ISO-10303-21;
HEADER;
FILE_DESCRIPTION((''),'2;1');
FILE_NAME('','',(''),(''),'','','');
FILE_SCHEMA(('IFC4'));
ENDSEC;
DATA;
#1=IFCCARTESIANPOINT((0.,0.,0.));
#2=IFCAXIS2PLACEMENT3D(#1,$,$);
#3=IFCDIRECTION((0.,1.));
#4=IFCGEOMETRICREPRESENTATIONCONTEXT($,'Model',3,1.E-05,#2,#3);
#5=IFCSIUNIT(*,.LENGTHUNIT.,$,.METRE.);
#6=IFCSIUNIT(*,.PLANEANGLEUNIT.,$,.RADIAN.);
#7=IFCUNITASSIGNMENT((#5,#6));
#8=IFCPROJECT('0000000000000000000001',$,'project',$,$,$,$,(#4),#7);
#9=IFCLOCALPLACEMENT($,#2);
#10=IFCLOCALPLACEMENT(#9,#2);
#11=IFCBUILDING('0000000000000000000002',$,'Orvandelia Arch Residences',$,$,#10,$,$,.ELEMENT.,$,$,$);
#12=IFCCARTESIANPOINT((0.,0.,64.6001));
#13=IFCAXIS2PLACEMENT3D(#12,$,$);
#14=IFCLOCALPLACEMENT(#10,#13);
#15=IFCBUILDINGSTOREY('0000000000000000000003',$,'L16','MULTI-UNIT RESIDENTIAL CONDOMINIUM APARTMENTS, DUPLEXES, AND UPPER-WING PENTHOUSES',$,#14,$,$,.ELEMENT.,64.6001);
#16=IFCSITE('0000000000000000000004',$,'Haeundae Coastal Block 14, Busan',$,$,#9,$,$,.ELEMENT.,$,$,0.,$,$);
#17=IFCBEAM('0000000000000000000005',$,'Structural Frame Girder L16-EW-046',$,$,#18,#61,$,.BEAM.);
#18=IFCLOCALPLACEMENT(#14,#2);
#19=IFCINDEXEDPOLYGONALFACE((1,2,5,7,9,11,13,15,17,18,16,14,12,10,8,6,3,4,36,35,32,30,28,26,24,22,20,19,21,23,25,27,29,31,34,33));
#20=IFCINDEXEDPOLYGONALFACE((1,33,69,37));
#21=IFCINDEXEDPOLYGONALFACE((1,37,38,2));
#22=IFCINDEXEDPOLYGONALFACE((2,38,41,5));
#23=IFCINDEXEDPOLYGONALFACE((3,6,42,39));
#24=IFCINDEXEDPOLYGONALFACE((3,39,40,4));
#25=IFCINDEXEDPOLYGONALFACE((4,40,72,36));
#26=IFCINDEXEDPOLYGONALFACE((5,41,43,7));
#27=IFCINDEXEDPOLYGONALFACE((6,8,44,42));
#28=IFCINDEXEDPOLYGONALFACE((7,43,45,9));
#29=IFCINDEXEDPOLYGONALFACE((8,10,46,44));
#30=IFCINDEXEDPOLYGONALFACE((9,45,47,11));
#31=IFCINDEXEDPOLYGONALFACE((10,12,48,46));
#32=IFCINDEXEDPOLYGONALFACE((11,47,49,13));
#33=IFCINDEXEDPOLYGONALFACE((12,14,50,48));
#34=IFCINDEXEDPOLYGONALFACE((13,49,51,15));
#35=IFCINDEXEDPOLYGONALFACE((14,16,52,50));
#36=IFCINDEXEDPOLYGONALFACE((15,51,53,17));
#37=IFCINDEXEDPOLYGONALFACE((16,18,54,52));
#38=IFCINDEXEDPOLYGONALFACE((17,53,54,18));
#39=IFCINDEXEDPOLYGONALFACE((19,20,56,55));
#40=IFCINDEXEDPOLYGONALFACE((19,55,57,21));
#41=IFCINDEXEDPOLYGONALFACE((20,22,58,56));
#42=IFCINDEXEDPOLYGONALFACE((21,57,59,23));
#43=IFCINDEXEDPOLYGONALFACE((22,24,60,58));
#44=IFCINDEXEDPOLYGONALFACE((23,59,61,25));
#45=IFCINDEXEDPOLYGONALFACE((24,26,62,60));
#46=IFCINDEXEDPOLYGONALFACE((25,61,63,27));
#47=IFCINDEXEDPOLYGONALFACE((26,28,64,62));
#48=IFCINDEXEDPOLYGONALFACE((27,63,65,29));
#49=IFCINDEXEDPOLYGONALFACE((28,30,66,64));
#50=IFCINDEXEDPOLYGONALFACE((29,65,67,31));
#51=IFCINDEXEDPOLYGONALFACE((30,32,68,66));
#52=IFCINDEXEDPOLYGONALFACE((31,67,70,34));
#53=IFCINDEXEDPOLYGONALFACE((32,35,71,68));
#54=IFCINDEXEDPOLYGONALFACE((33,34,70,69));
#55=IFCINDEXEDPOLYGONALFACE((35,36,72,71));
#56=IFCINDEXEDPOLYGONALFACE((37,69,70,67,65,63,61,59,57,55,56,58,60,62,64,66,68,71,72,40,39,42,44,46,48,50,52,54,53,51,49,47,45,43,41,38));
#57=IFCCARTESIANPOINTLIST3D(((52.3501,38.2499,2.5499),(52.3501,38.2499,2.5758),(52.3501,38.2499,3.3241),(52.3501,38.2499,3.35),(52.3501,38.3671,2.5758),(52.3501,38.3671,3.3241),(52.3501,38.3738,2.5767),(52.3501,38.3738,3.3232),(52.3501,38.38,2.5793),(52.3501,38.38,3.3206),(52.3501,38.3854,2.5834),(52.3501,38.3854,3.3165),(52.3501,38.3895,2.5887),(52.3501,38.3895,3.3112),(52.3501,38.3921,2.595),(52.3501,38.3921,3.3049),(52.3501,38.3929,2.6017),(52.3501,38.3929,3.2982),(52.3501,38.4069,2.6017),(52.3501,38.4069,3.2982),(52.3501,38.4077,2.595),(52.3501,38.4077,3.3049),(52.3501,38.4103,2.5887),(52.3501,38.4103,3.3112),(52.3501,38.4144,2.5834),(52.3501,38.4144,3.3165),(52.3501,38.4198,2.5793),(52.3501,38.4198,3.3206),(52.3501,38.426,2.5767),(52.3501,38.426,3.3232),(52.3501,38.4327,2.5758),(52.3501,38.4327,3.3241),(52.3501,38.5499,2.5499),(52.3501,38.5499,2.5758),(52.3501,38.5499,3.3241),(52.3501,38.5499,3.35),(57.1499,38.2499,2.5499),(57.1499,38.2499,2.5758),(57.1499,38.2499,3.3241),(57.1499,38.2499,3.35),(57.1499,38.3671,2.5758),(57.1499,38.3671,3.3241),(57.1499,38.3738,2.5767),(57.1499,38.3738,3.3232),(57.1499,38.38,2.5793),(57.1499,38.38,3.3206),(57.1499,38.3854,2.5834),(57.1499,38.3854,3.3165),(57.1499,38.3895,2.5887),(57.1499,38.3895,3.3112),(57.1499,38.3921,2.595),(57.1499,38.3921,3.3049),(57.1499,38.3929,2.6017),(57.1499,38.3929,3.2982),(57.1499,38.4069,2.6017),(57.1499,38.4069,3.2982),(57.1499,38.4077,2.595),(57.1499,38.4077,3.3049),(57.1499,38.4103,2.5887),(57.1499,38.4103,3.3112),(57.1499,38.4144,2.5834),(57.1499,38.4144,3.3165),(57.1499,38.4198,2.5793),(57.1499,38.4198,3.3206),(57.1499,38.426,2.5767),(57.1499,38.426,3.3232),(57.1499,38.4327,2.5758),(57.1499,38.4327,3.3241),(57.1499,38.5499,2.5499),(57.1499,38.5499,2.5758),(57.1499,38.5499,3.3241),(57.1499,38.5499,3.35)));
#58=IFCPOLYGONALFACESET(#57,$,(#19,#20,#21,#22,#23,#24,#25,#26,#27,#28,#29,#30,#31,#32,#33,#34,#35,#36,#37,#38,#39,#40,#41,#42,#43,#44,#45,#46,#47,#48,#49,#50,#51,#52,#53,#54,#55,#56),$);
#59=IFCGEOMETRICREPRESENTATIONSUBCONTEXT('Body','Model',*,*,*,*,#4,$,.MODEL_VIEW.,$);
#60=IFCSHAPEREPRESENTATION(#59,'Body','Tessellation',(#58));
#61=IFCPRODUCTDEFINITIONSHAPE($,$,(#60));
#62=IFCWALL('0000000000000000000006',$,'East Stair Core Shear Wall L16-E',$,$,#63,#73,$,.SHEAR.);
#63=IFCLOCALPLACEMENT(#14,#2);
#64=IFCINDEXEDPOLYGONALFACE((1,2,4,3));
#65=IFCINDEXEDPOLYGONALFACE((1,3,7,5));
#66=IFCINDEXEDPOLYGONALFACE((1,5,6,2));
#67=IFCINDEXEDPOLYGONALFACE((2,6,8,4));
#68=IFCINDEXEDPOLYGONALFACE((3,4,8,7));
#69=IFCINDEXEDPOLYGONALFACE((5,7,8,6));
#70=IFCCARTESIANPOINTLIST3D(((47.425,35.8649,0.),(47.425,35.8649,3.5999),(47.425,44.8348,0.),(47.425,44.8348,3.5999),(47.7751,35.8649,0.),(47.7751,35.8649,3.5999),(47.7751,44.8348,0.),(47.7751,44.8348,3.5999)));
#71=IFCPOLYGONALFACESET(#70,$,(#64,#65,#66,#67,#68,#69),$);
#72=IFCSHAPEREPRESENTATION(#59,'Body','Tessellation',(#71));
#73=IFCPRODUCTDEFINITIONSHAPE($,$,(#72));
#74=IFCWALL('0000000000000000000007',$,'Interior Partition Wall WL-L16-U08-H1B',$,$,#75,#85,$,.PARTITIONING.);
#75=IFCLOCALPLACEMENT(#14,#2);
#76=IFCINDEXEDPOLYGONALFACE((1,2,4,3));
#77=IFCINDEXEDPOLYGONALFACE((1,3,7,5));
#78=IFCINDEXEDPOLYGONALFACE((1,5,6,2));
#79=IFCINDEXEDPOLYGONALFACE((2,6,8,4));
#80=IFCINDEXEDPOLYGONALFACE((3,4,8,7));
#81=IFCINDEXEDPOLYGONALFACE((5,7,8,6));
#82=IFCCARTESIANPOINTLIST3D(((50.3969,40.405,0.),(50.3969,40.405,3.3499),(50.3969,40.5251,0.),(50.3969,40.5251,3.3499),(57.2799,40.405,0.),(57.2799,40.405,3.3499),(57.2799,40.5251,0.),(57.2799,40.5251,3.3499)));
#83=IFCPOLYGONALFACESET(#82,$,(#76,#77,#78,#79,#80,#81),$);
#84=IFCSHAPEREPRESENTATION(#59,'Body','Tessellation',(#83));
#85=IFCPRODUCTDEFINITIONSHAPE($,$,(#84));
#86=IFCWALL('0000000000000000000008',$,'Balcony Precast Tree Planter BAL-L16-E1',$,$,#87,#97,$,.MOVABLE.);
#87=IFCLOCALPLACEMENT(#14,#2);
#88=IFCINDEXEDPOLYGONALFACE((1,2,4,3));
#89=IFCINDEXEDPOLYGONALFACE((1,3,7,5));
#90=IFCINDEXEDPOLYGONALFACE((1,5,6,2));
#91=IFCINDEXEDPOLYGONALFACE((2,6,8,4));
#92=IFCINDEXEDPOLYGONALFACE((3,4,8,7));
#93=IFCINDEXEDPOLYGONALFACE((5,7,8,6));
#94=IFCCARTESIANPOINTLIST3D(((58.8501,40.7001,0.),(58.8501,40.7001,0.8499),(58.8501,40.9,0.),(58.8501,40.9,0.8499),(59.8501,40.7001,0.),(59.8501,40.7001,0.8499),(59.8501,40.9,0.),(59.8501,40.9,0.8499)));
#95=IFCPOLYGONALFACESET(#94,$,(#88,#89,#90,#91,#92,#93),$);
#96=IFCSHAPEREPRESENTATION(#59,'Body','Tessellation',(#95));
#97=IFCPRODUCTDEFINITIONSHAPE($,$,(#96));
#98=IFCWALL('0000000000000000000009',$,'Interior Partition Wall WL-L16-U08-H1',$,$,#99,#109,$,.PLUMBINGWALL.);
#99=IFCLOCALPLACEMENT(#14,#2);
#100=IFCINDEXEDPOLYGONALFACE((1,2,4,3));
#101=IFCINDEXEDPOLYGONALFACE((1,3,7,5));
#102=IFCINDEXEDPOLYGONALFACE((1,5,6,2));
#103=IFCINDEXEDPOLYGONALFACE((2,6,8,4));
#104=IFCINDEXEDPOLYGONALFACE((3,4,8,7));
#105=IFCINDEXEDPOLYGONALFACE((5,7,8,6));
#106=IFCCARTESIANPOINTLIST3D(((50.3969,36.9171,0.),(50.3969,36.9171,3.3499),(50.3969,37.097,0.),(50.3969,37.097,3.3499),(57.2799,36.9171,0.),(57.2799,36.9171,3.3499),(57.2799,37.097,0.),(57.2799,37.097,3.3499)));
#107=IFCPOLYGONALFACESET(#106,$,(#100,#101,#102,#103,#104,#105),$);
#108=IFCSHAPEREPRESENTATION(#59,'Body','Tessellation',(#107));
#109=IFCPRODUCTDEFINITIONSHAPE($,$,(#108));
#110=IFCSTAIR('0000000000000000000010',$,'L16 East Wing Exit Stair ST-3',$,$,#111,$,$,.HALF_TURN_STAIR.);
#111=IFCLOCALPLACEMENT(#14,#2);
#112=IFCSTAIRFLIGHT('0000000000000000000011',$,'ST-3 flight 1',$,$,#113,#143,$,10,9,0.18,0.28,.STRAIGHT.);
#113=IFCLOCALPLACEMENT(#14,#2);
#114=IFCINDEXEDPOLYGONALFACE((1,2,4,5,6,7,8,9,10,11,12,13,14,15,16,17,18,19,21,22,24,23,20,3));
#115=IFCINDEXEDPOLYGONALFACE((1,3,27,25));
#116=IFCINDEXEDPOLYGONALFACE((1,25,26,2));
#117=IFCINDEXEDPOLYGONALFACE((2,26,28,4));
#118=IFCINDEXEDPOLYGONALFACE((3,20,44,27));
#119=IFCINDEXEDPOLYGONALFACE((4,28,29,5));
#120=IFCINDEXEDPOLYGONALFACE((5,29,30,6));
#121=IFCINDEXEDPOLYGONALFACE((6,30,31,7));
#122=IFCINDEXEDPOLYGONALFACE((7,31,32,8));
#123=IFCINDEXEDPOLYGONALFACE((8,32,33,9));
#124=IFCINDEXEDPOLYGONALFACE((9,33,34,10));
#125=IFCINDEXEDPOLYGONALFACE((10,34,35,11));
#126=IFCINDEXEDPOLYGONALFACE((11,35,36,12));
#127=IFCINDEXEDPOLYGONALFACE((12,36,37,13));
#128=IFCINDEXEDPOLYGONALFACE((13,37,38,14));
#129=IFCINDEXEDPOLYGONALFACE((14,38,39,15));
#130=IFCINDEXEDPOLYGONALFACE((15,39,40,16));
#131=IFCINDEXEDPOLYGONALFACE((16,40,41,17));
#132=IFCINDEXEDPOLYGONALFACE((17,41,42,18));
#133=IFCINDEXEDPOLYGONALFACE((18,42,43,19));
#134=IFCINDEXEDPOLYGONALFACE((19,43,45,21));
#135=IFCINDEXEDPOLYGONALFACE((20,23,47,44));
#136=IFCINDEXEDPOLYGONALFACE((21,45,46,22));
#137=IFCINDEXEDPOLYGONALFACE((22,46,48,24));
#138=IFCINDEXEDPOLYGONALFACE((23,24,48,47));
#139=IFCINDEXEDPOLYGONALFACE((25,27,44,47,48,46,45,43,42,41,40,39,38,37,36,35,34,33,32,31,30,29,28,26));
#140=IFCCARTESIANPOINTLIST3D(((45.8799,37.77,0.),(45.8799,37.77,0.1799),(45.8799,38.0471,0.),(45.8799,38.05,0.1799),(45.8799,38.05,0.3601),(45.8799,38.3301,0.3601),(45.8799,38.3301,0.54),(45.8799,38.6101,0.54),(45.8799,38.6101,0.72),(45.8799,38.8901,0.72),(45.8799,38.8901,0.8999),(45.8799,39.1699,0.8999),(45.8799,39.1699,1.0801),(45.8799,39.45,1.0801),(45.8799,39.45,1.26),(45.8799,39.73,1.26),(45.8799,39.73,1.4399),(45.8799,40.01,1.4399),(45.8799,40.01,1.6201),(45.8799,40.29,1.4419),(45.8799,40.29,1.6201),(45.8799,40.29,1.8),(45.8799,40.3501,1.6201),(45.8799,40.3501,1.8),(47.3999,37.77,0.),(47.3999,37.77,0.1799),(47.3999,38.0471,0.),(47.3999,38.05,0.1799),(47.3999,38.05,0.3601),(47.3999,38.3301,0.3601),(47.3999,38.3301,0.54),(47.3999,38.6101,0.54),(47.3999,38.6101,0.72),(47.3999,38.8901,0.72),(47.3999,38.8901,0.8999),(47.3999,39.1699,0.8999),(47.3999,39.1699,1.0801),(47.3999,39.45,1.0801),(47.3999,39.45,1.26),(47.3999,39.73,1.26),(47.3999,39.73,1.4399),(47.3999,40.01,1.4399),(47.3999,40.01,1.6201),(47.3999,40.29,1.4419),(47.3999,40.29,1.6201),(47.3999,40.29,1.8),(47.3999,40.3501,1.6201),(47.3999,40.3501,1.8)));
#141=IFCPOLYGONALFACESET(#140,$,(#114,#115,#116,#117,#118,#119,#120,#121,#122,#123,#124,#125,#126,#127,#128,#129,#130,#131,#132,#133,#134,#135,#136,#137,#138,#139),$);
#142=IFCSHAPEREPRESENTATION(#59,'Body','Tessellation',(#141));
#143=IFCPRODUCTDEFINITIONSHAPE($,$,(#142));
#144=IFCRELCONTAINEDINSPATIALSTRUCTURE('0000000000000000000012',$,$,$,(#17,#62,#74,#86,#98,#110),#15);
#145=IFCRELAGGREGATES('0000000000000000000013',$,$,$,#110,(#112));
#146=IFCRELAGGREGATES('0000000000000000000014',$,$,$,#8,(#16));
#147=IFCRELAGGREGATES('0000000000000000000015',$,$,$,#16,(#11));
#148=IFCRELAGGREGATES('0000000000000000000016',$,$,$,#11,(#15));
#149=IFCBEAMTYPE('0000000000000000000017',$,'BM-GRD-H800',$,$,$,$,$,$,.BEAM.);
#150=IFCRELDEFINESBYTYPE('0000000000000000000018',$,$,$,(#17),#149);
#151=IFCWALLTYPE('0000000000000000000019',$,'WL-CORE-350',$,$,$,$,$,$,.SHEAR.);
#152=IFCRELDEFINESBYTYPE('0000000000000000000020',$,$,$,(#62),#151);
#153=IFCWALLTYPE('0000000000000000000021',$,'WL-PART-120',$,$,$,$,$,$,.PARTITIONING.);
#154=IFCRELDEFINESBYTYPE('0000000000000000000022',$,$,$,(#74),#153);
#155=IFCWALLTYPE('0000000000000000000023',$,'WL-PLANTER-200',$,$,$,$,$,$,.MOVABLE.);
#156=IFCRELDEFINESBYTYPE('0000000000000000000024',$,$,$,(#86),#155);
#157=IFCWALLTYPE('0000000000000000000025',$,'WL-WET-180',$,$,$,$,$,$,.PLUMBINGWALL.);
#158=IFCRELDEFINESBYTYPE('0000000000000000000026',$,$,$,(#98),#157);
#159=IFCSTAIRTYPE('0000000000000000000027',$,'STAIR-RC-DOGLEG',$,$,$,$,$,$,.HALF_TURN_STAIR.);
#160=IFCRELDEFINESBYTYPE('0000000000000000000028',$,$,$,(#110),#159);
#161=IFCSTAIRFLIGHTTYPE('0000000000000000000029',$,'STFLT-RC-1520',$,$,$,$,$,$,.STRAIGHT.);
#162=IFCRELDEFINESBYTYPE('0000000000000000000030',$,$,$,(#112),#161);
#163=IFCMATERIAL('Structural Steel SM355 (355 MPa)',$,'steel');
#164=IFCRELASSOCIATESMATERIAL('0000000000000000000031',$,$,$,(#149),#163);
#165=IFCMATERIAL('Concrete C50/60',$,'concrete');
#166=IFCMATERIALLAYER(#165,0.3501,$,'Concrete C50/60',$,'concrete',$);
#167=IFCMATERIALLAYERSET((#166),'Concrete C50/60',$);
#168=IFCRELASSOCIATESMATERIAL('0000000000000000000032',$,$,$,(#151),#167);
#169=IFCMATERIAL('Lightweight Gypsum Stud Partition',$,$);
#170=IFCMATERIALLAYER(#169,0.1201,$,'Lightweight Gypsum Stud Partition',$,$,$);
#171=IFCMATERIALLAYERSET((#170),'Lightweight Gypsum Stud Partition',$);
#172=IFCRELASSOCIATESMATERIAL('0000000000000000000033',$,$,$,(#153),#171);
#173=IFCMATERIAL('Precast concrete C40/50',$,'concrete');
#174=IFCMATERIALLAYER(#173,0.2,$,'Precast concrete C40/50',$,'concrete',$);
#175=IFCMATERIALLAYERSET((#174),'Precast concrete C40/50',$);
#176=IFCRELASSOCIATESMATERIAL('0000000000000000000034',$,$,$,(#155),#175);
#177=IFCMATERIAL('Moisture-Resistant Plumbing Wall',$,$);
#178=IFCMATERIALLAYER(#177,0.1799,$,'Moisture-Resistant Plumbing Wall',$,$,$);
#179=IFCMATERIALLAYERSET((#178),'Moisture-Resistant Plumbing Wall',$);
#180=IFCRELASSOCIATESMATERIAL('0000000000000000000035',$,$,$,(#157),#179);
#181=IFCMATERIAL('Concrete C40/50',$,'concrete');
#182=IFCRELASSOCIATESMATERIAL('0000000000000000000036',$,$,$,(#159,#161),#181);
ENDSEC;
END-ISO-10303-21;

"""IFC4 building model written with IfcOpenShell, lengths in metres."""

from ifc_helpers import new_model, si_unit, direction, frame, frame_2d, origin, origin_2d, place, context, subcontext, project, spatial, polyline, rectangle, i_section, outline, extrude, material, layer, layer_set, material_profile, profile_set, type_object, element, aggregate, save


model = new_model("IFC4")

# Units and contexts
model_context = context("Model", 3, precision=1e-05, world=origin(), true_north=direction((0.0, 1.0)))
body_context = subcontext(model_context, "Body", "Model", "MODEL_VIEW")
ifc_project = project(units=[si_unit("LENGTHUNIT", "METRE"), si_unit("PLANEANGLEUNIT", "RADIAN")], contexts=[model_context])

# Site, building, storey
site_placement = place(None, origin())
site = spatial("IfcSite", under=ifc_project, at=site_placement, Name="Haeundae Coastal Block 14, Busan", CompositionType="ELEMENT", RefElevation=0.0)
building_placement = place(site_placement, origin())
building = spatial("IfcBuilding", under=site, at=building_placement, Name="Orvandelia Arch Residences", CompositionType="ELEMENT")
storey_placement = place(building_placement, frame((0.0, 0.0, 64.6001)))
storey = spatial("IfcBuildingStorey", under=building, at=storey_placement, Name="L16", Description="MULTI-UNIT RESIDENTIAL CONDOMINIUM APARTMENTS, DUPLEXES, AND UPPER-WING PENTHOUSES", CompositionType="ELEMENT", Elevation=64.6001)

# Beam
ifc_material_1 = material(Name="Structural Steel SM355 (355 MPa)", Category="steel")
ifc_material_profile_1 = material_profile(ifc_material_1, i_section(OverallWidth=0.3, OverallDepth=0.8, WebThickness=0.0139, FlangeThickness=0.0259, FilletRadius=0.0259, at=origin_2d()), Name="Structural Steel SM355 (355 MPa)", Category="steel")
ifc_profile_set_1 = profile_set([ifc_material_profile_1], Name="Structural Steel SM355 (355 MPa)")
beam_type = type_object("IfcBeamType", Name="BM-GRD-H800", PredefinedType="BEAM", material=ifc_profile_set_1)
beam_1_placement = place(storey_placement, frame((52.3501, 38.3999, 2.95), z_axis=(1.0, 0.0, 0.0), x_axis=(0.0, 1.0, 0.0)))
element("IfcBeam", 1, at=beam_1_placement, inside=storey, type_object=beam_type, Name="Structural Frame Girder L16-EW-046", PredefinedType="BEAM", context=body_context, shape_type="SweptSolid", body=[
    extrude(i_section(OverallWidth=0.3, OverallDepth=0.8, WebThickness=0.0139, FlangeThickness=0.0259, FilletRadius=0.0259, at=origin_2d()), origin(), (0.0, 0.0, 1.0), 4.7998),
])

# Wall
ifc_material_2 = material(Name="Concrete C50/60", Category="concrete")
ifc_layer_1 = layer(ifc_material_2, 0.3501, Name="Concrete C50/60", Category="concrete")
ifc_layer_set_1 = layer_set([ifc_layer_1], Name="Concrete C50/60")
wall_type_1 = type_object("IfcWallType", Name="WL-CORE-350", PredefinedType="SHEAR", material=ifc_layer_set_1)
wall_1_placement = place(storey_placement, frame((47.6001, 35.865, 0.0), z_axis=(0.0, 0.0, 1.0), x_axis=(0.0, 1.0, 0.0)))
element("IfcWall", 2, at=wall_1_placement, inside=storey, type_object=wall_type_1, Name="East Stair Core Shear Wall L16-E", PredefinedType="SHEAR", context=body_context, shape_type="SweptSolid", body=[
    extrude(rectangle(XDim=8.97, YDim=0.3501, at=frame_2d((4.4849, 0.0))), origin(), (0.0, 0.0, 1.0), 3.5999),
])

# Shared definitions
ifc_material_3 = material(Name="Lightweight Gypsum Stud Partition")
ifc_layer_2 = layer(ifc_material_3, 0.1201, Name="Lightweight Gypsum Stud Partition")
ifc_layer_set_2 = layer_set([ifc_layer_2], Name="Lightweight Gypsum Stud Partition")
wall_type_2 = type_object("IfcWallType", Name="WL-PART-120", PredefinedType="PARTITIONING", material=ifc_layer_set_2)

# Walls
wall_2_placement = place(storey_placement, frame((50.397, 40.4651, 0.0), z_axis=(0.0, 0.0, 1.0), x_axis=(1.0, 0.0, 0.0)))
element("IfcWall", 3, at=wall_2_placement, inside=storey, type_object=wall_type_2, Name="Interior Partition Wall WL-L16-U08-H1B", PredefinedType="PARTITIONING", context=body_context, shape_type="SweptSolid", body=[
    extrude(rectangle(XDim=6.8831, YDim=0.1201, at=frame_2d((3.4414, 0.0))), origin(), (0.0, 0.0, 1.0), 3.3499),
])
ifc_material_4 = material(Name="Precast concrete C40/50", Category="concrete")
ifc_layer_3 = layer(ifc_material_4, 0.2, Name="Precast concrete C40/50", Category="concrete")
ifc_layer_set_3 = layer_set([ifc_layer_3], Name="Precast concrete C40/50")
wall_type_3 = type_object("IfcWallType", Name="WL-PLANTER-200", PredefinedType="MOVABLE", material=ifc_layer_set_3)
wall_3_placement = place(storey_placement, frame((58.8501, 40.8, 0.0), z_axis=(0.0, 0.0, 1.0), x_axis=(1.0, 0.0, 0.0)))
element("IfcWall", 4, at=wall_3_placement, inside=storey, type_object=wall_type_3, Name="Balcony Precast Tree Planter BAL-L16-E1", PredefinedType="MOVABLE", context=body_context, shape_type="SweptSolid", body=[
    extrude(rectangle(XDim=1.0, YDim=0.2, at=frame_2d((0.5, 0.0))), origin(), (0.0, 0.0, 1.0), 0.8499),
])
ifc_material_5 = material(Name="Moisture-Resistant Plumbing Wall")
ifc_layer_4 = layer(ifc_material_5, 0.1799, Name="Moisture-Resistant Plumbing Wall")
ifc_layer_set_4 = layer_set([ifc_layer_4], Name="Moisture-Resistant Plumbing Wall")
wall_type_4 = type_object("IfcWallType", Name="WL-WET-180", PredefinedType="PLUMBINGWALL", material=ifc_layer_set_4)
wall_4_placement = place(storey_placement, frame((50.397, 37.0071, 0.0), z_axis=(0.0, 0.0, 1.0), x_axis=(1.0, 0.0, 0.0)))
element("IfcWall", 5, at=wall_4_placement, inside=storey, type_object=wall_type_4, Name="Interior Partition Wall WL-L16-U08-H1", PredefinedType="PLUMBINGWALL", context=body_context, shape_type="SweptSolid", body=[
    extrude(rectangle(XDim=6.8831, YDim=0.1799, at=frame_2d((3.4414, 0.0))), origin(), (0.0, 0.0, 1.0), 3.3499),
])

# Stair, stair flight
ifc_material_6 = material(Name="Concrete C40/50", Category="concrete")
stair_type = type_object("IfcStairType", Name="STAIR-RC-DOGLEG", PredefinedType="HALF_TURN_STAIR", material=ifc_material_6)
stair_placement = place(storey_placement, origin())
stair = element("IfcStair", 6, at=stair_placement, inside=storey, type_object=stair_type, Name="L16 East Wing Exit Stair ST-3", PredefinedType="HALF_TURN_STAIR")
stair_flight_type = type_object("IfcStairFlightType", Name="STFLT-RC-1520", PredefinedType="STRAIGHT", material=ifc_material_6)
stair_flight_placement = place(storey_placement, frame((46.6399, 37.77, 0.0), z_axis=(0.0, 0.0, 1.0), x_axis=(0.0, 1.0, 0.0)))
stair_flight = element("IfcStairFlight", 7, at=stair_flight_placement, type_object=stair_flight_type, Name="ST-3 flight 1", NumberOfRisers=10, NumberOfTreads=9, PredefinedType="STRAIGHT", RiserHeight=0.18, TreadLength=0.28, context=body_context, shape_type="SweptSolid", body=[
    extrude(outline(polyline([(0.0, 0.0), (0.0, 0.1799), (0.28, 0.1799), (0.28, 0.3601), (0.5601, 0.3601), (0.5601, 0.54), (0.8401, 0.54), (0.8401, 0.72), (1.1201, 0.72), (1.1201, 0.8999), (1.3999, 0.8999), (1.3999, 1.0801), (1.6799, 1.0801), (1.6799, 1.26), (1.96, 1.26), (1.96, 1.4399), (2.24, 1.4399), (2.24, 1.6201), (2.52, 1.6201), (2.52, 1.8), (2.5801, 1.8), (2.5801, 1.6201), (2.52, 1.4419), (0.2771, 0.0), (0.0, 0.0)])), frame((0.0, 0.76, 0.0), z_axis=(0.0, -1.0, 0.0), x_axis=(1.0, 0.0, 0.0)), (0.0, 0.0, 1.0), 1.52),
])
aggregate(stair, [stair_flight])

save(model, "model.ifc")
